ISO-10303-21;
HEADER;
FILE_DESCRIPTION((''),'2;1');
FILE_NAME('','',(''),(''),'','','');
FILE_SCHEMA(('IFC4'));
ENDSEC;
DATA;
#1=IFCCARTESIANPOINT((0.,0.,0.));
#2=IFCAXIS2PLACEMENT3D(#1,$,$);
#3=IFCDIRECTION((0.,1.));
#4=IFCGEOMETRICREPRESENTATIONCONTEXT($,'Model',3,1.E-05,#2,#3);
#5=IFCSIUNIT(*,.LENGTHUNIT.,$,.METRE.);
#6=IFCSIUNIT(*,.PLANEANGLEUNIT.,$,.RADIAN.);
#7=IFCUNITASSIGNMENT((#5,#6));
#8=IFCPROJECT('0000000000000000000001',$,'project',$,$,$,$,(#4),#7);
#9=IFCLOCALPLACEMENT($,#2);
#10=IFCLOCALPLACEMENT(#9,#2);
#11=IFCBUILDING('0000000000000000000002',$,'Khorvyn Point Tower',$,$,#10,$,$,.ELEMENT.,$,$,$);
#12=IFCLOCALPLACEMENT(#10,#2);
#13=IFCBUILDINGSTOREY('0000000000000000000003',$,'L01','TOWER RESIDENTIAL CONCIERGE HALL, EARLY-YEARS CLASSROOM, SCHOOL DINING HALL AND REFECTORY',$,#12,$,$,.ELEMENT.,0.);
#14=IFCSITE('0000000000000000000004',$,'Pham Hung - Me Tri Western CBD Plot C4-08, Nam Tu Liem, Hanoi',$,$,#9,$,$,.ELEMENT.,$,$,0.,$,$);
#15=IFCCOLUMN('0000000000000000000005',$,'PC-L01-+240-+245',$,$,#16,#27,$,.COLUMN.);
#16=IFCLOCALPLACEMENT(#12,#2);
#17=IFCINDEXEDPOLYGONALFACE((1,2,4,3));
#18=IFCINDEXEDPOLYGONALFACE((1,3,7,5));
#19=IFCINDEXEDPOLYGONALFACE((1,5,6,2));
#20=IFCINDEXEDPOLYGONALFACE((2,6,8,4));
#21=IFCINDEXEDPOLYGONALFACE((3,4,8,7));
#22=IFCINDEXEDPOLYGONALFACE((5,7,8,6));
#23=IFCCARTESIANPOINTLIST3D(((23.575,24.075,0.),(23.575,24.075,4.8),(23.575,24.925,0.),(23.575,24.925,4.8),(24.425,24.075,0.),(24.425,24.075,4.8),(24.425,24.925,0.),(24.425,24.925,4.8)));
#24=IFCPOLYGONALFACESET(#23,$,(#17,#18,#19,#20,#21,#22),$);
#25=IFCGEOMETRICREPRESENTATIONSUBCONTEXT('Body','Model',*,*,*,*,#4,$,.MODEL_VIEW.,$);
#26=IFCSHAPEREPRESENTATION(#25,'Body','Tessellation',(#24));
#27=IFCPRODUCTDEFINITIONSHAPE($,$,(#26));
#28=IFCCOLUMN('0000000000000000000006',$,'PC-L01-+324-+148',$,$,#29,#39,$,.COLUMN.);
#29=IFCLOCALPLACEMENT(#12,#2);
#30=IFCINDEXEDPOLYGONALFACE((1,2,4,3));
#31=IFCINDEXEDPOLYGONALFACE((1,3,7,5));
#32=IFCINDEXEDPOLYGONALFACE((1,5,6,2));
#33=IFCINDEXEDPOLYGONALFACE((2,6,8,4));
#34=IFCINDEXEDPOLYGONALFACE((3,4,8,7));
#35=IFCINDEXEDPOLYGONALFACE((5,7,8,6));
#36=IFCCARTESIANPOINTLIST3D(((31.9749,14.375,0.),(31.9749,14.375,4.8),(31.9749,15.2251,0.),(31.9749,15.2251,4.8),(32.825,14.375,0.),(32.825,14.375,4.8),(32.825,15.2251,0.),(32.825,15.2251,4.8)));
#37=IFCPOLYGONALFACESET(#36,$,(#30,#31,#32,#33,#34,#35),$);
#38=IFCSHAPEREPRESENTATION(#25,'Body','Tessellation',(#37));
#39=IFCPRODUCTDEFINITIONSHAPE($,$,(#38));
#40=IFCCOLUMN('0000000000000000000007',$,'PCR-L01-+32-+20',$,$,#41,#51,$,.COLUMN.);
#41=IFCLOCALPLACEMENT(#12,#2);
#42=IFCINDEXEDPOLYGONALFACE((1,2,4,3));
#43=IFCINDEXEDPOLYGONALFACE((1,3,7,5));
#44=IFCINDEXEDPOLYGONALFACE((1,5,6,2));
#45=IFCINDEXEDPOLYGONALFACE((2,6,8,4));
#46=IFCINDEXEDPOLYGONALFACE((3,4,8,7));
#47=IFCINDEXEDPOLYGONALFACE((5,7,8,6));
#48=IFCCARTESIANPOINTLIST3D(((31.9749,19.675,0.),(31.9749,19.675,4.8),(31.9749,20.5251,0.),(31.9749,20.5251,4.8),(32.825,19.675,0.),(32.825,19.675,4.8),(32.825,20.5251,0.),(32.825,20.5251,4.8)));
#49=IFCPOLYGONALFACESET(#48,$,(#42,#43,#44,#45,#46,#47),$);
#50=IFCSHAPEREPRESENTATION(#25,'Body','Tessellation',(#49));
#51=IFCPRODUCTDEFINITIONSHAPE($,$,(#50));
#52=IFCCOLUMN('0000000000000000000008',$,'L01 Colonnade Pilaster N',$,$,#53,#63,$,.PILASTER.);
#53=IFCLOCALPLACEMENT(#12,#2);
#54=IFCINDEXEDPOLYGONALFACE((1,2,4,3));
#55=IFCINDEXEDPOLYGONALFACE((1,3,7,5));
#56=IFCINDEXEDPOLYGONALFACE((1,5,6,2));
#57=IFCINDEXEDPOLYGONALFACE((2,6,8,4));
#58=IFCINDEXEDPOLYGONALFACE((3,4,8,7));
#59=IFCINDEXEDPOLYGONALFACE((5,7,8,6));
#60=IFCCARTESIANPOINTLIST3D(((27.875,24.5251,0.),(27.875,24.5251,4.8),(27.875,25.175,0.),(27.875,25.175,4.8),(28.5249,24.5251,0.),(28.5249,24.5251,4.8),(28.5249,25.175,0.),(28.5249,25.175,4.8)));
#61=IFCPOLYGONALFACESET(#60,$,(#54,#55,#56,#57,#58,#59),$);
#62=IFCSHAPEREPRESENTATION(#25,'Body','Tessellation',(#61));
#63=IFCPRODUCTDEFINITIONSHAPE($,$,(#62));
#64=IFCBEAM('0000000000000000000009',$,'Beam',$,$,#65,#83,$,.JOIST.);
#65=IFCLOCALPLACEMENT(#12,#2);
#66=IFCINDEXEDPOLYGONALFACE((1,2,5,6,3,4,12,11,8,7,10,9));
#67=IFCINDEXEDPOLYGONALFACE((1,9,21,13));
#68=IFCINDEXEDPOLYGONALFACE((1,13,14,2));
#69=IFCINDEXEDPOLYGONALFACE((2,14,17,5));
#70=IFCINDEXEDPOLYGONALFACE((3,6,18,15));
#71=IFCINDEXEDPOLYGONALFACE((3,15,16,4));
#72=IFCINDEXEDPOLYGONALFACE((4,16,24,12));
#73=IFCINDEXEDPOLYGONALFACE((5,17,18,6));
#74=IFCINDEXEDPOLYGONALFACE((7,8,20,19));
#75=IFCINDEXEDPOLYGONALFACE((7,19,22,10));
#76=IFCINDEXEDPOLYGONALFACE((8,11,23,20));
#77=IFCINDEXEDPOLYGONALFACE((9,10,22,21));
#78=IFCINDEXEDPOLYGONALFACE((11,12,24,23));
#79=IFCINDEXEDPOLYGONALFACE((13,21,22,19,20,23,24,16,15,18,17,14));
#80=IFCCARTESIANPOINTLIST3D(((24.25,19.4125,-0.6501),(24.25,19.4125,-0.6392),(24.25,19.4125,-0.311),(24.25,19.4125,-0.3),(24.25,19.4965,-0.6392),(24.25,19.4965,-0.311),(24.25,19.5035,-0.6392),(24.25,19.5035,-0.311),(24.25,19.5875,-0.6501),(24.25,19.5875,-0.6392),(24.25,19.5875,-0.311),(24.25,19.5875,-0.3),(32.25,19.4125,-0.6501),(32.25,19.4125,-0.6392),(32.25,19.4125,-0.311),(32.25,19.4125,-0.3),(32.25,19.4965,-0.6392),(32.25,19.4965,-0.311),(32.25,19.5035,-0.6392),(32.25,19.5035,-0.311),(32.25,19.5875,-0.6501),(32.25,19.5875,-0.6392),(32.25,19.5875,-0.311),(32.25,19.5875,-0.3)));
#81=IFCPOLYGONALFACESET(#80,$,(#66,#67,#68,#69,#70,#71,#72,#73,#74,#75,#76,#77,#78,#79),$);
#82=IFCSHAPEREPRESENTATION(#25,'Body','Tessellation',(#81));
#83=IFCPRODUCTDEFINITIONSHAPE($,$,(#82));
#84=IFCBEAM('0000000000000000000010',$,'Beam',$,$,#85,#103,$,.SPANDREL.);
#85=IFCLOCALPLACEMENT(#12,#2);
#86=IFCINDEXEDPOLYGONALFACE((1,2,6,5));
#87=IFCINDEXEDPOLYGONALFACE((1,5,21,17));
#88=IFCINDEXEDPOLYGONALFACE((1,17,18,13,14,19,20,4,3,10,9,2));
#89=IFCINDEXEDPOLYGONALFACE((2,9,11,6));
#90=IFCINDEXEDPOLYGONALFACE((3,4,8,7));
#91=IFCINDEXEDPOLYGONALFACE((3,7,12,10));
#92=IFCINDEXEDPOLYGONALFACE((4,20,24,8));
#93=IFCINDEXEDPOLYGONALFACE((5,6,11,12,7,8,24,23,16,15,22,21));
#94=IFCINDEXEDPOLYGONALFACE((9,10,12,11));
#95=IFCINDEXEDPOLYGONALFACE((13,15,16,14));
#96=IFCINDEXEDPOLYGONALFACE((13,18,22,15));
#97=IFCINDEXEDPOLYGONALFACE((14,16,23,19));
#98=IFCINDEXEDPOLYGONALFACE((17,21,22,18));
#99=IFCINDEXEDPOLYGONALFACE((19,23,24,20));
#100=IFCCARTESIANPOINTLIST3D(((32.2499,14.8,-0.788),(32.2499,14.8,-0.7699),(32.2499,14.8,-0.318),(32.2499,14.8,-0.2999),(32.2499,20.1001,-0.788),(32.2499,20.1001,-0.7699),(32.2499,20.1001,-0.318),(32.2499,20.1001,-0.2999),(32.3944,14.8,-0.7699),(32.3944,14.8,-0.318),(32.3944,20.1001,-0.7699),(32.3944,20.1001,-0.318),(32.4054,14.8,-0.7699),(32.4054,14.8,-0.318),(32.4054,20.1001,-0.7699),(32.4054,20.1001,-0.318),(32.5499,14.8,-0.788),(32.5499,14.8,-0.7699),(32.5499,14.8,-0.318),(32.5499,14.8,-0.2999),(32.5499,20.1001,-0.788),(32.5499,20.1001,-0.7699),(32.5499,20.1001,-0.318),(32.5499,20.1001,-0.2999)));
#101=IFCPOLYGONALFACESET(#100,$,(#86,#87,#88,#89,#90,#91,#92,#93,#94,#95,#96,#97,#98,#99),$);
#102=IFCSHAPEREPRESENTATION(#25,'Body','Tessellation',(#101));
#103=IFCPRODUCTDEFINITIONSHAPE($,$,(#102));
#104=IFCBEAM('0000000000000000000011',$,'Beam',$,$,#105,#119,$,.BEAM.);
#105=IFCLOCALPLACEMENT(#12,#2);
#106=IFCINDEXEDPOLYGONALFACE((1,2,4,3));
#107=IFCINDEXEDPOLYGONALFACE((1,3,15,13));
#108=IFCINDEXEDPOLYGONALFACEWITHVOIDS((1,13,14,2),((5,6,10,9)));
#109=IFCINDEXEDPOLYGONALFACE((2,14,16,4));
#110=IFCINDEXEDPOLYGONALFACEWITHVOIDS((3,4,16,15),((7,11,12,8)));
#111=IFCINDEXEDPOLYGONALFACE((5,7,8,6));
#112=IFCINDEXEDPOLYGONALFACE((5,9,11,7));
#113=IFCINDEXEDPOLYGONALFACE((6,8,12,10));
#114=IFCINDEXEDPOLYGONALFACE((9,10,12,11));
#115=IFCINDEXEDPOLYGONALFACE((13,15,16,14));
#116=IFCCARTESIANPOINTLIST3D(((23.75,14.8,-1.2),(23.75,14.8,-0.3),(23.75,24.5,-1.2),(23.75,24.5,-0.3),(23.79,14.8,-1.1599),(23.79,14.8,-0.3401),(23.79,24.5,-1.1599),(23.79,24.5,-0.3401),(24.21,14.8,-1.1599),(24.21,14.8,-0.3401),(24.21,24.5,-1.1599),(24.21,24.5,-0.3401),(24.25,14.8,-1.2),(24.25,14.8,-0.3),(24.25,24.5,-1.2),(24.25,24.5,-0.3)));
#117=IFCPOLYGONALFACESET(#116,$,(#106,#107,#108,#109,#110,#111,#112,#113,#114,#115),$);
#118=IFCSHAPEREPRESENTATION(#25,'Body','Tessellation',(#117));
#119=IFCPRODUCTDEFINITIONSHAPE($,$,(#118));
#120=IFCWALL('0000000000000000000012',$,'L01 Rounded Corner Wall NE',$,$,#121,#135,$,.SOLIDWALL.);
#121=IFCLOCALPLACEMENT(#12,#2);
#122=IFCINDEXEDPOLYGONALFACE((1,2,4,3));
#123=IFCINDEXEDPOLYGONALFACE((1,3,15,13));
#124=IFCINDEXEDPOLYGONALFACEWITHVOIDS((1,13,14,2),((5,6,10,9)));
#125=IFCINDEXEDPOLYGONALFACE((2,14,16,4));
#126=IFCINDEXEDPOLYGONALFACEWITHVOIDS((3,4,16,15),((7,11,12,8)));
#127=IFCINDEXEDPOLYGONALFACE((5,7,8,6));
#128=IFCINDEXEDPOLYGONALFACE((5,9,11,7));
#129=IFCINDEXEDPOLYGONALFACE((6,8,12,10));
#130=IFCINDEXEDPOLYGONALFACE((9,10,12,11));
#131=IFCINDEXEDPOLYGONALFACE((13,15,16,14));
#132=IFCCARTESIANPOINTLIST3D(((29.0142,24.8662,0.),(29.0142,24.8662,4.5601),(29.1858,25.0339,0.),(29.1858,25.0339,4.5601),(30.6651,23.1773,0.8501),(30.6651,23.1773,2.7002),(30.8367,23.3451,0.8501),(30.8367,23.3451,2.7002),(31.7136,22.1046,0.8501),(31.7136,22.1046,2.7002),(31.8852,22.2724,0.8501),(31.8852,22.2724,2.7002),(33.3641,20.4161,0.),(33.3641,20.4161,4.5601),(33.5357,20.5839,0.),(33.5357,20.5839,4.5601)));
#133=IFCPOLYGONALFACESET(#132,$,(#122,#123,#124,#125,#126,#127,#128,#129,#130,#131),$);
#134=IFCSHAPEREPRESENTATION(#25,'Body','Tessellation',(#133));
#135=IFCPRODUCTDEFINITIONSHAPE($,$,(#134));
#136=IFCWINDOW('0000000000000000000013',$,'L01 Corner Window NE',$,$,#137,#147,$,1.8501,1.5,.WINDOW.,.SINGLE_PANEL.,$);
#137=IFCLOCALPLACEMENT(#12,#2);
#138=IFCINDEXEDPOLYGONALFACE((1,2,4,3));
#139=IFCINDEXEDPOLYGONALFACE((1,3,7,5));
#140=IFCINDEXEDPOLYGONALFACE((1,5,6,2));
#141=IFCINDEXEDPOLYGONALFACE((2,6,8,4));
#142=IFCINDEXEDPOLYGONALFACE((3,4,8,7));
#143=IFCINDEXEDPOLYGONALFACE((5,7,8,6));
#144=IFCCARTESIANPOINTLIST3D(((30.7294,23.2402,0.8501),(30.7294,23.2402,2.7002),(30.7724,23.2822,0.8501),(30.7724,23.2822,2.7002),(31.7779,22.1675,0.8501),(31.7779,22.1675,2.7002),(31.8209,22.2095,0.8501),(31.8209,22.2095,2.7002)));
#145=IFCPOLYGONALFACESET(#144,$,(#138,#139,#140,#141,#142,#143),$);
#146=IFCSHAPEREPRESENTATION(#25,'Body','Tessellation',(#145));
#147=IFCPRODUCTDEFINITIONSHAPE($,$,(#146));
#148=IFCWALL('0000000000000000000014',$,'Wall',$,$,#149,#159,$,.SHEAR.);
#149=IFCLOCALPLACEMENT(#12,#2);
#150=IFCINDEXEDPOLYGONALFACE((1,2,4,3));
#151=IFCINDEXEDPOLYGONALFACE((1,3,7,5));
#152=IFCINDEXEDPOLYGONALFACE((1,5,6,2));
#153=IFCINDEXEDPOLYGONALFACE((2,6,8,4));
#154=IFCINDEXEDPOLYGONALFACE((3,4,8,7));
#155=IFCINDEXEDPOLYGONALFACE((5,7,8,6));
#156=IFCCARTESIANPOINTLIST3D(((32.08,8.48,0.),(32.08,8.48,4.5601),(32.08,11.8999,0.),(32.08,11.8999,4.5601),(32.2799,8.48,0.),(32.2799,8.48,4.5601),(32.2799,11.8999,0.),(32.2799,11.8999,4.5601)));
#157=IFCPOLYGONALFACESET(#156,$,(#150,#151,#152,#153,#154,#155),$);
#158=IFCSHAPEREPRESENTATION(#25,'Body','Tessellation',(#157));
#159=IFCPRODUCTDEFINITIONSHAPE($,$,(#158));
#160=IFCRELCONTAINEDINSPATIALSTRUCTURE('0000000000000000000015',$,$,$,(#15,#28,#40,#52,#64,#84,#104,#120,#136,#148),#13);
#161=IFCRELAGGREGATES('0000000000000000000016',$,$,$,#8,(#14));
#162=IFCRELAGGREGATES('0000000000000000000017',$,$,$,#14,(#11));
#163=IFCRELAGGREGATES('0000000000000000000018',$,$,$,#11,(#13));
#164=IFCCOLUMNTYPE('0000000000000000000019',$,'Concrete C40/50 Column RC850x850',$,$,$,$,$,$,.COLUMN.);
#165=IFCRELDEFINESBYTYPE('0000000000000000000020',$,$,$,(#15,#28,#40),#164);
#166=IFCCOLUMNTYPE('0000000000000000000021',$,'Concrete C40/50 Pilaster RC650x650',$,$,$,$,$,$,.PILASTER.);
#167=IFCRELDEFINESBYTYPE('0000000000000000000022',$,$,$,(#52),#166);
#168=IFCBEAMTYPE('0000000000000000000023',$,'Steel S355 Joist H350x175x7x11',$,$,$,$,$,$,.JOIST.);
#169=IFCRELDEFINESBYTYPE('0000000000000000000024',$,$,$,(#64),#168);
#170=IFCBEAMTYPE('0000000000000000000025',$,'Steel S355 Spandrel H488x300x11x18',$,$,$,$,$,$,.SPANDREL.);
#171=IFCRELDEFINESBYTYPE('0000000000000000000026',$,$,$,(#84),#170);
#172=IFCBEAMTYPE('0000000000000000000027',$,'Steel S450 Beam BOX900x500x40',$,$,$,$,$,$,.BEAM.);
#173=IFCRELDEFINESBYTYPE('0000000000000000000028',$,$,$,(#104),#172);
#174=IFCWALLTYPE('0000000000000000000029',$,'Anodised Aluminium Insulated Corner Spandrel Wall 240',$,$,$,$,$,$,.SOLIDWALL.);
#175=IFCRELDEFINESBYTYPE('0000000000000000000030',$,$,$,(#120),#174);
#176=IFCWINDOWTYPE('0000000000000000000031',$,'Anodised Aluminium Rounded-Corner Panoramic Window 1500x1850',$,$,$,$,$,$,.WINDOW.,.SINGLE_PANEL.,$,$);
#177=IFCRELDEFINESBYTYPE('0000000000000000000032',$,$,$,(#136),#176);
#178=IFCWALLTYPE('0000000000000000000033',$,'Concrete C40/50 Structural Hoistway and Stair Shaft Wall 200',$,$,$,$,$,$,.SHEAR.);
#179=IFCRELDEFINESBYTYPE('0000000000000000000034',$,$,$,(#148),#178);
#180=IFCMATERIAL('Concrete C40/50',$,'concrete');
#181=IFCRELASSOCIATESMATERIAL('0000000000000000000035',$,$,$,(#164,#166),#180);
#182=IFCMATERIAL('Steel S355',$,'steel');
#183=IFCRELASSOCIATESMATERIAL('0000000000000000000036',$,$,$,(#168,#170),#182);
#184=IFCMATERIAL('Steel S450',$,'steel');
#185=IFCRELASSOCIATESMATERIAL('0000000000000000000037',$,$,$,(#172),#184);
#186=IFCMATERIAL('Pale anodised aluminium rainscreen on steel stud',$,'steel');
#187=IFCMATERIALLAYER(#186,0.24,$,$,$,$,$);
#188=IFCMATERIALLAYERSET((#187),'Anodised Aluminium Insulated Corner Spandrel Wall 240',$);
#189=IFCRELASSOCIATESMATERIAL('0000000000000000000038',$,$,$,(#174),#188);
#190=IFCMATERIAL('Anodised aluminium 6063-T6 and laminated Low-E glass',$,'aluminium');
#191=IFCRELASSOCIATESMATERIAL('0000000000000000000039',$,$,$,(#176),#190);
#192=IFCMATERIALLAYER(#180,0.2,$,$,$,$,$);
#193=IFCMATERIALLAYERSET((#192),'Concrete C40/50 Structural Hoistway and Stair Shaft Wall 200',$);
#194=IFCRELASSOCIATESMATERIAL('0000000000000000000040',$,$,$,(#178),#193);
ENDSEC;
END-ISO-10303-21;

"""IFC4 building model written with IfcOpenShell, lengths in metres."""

from ifc_helpers import new_model, si_unit, direction, frame, frame_2d, origin, origin_2d, place, context, subcontext, project, spatial, rectangle, hollow_rectangle, i_section, extrude, material, layer, layer_set, material_profile, profile_set, type_object, element, fill, save


model = new_model("IFC4")

# Units and contexts
model_context = context("Model", 3, precision=1e-05, world=origin(), true_north=direction((0.0, 1.0)))
body_context = subcontext(model_context, "Body", "Model", "MODEL_VIEW")
ifc_project = project(units=[si_unit("LENGTHUNIT", "METRE"), si_unit("PLANEANGLEUNIT", "RADIAN")], contexts=[model_context])

# Site, building, storey
site_placement = place(None, origin())
site = spatial("IfcSite", under=ifc_project, at=site_placement, Name="Pham Hung - Me Tri Western CBD Plot C4-08, Nam Tu Liem, Hanoi", CompositionType="ELEMENT", RefElevation=0.0)
building_placement = place(site_placement, origin())
building = spatial("IfcBuilding", under=site, at=building_placement, Name="Khorvyn Point Tower", CompositionType="ELEMENT")
storey_placement = place(building_placement, origin())
storey = spatial("IfcBuildingStorey", under=building, at=storey_placement, Name="L01", Description="TOWER RESIDENTIAL CONCIERGE HALL, EARLY-YEARS CLASSROOM, SCHOOL DINING HALL AND REFECTORY", CompositionType="ELEMENT", Elevation=0.0)

# Columns
ifc_material_1 = material(Name="Concrete C40/50", Category="concrete")
ifc_material_profile_1 = material_profile(ifc_material_1, rectangle(XDim=0.8501, YDim=0.8501, at=origin_2d()))
ifc_profile_set_1 = profile_set([ifc_material_profile_1], Name="Concrete C40/50 RC850x850")
column_type_1 = type_object("IfcColumnType", Name="Concrete C40/50 Column RC850x850", PredefinedType="COLUMN", material=ifc_profile_set_1)
for number, where, z_axis, x_axis, name in (
    (1, (24.0, 24.5, 0.0), (0.0, 0.0, 1.0), (1.0, 0.0, 0.0), "PC-L01-+240-+245"),
    (2, (32.3999, 14.8, 0.0), (0.0, 0.0, 1.0), (1.0, 0.0, 0.0), "PC-L01-+324-+148"),
    (3, (32.3999, 20.1001, 0.0), (0.0, 0.0, 1.0), (1.0, 0.0, 0.0), "PCR-L01-+32-+20"),
):
    element("IfcColumn", number, at=place(storey_placement, frame(where, z_axis=z_axis, x_axis=x_axis)), inside=storey, type_object=column_type_1, Name=name, PredefinedType="COLUMN", context=body_context, shape_type="SweptSolid", body=[
        extrude(rectangle(XDim=0.8501, YDim=0.8501, at=origin_2d()), origin(), (0.0, 0.0, 1.0), 4.8),
    ])
ifc_material_profile_2 = material_profile(ifc_material_1, rectangle(XDim=0.6499, YDim=0.6499, at=origin_2d()))
ifc_profile_set_2 = profile_set([ifc_material_profile_2], Name="Concrete C40/50 RC650x650")
column_type_2 = type_object("IfcColumnType", Name="Concrete C40/50 Pilaster RC650x650", PredefinedType="PILASTER", material=ifc_profile_set_2)
column_placement = place(storey_placement, frame((28.2, 24.8501, 0.0), z_axis=(0.0, 0.0, 1.0), x_axis=(1.0, 0.0, 0.0)))
element("IfcColumn", 4, at=column_placement, inside=storey, type_object=column_type_2, Name="L01 Colonnade Pilaster N", PredefinedType="PILASTER", context=body_context, shape_type="SweptSolid", body=[
    extrude(rectangle(XDim=0.6499, YDim=0.6499, at=origin_2d()), origin(), (0.0, 0.0, 1.0), 4.8),
])

# Beams
ifc_material_2 = material(Name="Steel S355", Category="steel")
ifc_material_profile_3 = material_profile(ifc_material_2, i_section(OverallWidth=0.175, OverallDepth=0.3501, WebThickness=0.0071, FlangeThickness=0.011, at=origin_2d()))
ifc_profile_set_3 = profile_set([ifc_material_profile_3], Name="Steel S355 H350x175x7x11")
beam_type_1 = type_object("IfcBeamType", Name="Steel S355 Joist H350x175x7x11", PredefinedType="JOIST", material=ifc_profile_set_3)
beam_1_placement = place(storey_placement, frame((24.25, 19.5, -0.4751), z_axis=(1.0, 0.0, 0.0), x_axis=(0.0, 1.0, 0.0)))
element("IfcBeam", 5, at=beam_1_placement, inside=storey, type_object=beam_type_1, Name="Beam", PredefinedType="JOIST", context=body_context, shape_type="SweptSolid", body=[
    extrude(i_section(OverallWidth=0.175, OverallDepth=0.3501, WebThickness=0.0071, FlangeThickness=0.011, at=origin_2d()), origin(), (0.0, 0.0, 1.0), 8.0),
])
ifc_material_profile_4 = material_profile(ifc_material_2, i_section(OverallWidth=0.3, OverallDepth=0.488, WebThickness=0.011, FlangeThickness=0.0181, at=origin_2d()))
ifc_profile_set_4 = profile_set([ifc_material_profile_4], Name="Steel S355 H488x300x11x18")
beam_type_2 = type_object("IfcBeamType", Name="Steel S355 Spandrel H488x300x11x18", PredefinedType="SPANDREL", material=ifc_profile_set_4)
beam_2_placement = place(storey_placement, frame((32.3999, 14.8, -0.5439), z_axis=(0.0, 1.0, 0.0), x_axis=(-1.0, 0.0, 0.0)))
element("IfcBeam", 6, at=beam_2_placement, inside=storey, type_object=beam_type_2, Name="Beam", PredefinedType="SPANDREL", context=body_context, shape_type="SweptSolid", body=[
    extrude(i_section(OverallWidth=0.3, OverallDepth=0.488, WebThickness=0.011, FlangeThickness=0.0181, at=origin_2d()), origin(), (0.0, 0.0, 1.0), 5.3),
])
ifc_material_3 = material(Name="Steel S450", Category="steel")
ifc_material_profile_5 = material_profile(ifc_material_3, hollow_rectangle(XDim=0.5, YDim=0.8999, WallThickness=0.04, at=origin_2d()))
ifc_profile_set_5 = profile_set([ifc_material_profile_5], Name="Steel S450 BOX900x500x40")
beam_type_3 = type_object("IfcBeamType", Name="Steel S450 Beam BOX900x500x40", PredefinedType="BEAM", material=ifc_profile_set_5)
beam_3_placement = place(storey_placement, frame((24.0, 14.8, -0.75), z_axis=(0.0, 1.0, 0.0), x_axis=(-1.0, 0.0, 0.0)))
element("IfcBeam", 7, at=beam_3_placement, inside=storey, type_object=beam_type_3, Name="Beam", PredefinedType="BEAM", context=body_context, shape_type="SweptSolid", body=[
    extrude(hollow_rectangle(XDim=0.5, YDim=0.8999, WallThickness=0.04, at=origin_2d()), origin(), (0.0, 0.0, 1.0), 9.7),
])

# Wall, opening, window
ifc_material_4 = material(Name="Pale anodised aluminium rainscreen on steel stud", Category="steel")
ifc_layer_1 = layer(ifc_material_4, 0.24)
ifc_layer_set_1 = layer_set([ifc_layer_1], Name="Anodised Aluminium Insulated Corner Spandrel Wall 240")
wall_type_1 = type_object("IfcWallType", Name="Anodised Aluminium Insulated Corner Spandrel Wall 240", PredefinedType="SOLIDWALL", material=ifc_layer_set_1)
wall_1_placement = place(storey_placement, frame((29.1001, 24.95, 0.0), z_axis=(0.0, 0.0, 1.0), x_axis=(0.699018, -0.715104, 0.0)))
wall_1 = element("IfcWall", 8, at=wall_1_placement, inside=storey, type_object=wall_type_1, Name="L01 Rounded Corner Wall NE", PredefinedType="SOLIDWALL", context=body_context, shape_type="SweptSolid", body=[
    extrude(rectangle(XDim=6.2229, YDim=0.24, at=frame_2d((3.1113, 0.0))), origin(), (0.0, 0.0, 1.0), 4.5601),
])
opening_1_placement = place(wall_1_placement, frame((2.3616, 0.0, 0.8501)))
opening_1 = element("IfcOpeningElement", 9, at=opening_1_placement, cuts=wall_1, PredefinedType="OPENING", context=body_context, shape_type="SweptSolid", body=[
    extrude(rectangle(XDim=1.5, YDim=1.8501, at=frame_2d((0.75, 0.925))), frame((0.0, 0.1299, 0.0), z_axis=(0.0, -1.0, 0.0), x_axis=(1.0, 0.0, 0.0)), (0.0, 0.0, 1.0), 0.26),
])
ifc_material_5 = material(Name="Anodised aluminium 6063-T6 and laminated Low-E glass", Category="aluminium")
window_type = type_object("IfcWindowType", Name="Anodised Aluminium Rounded-Corner Panoramic Window 1500x1850", PartitioningType="SINGLE_PANEL", PredefinedType="WINDOW", material=ifc_material_5)
window_placement = place(opening_1_placement, origin())
window = element("IfcWindow", 10, at=window_placement, inside=storey, type_object=window_type, Name="L01 Corner Window NE", OverallHeight=1.8501, OverallWidth=1.5, PartitioningType="SINGLE_PANEL", PredefinedType="WINDOW", context=body_context, shape_type="SweptSolid", body=[
    extrude(rectangle(XDim=1.5, YDim=1.8501, at=frame_2d((0.75, 0.925))), frame((0.0, 0.03, 0.0), z_axis=(0.0, -1.0, 0.0), x_axis=(1.0, 0.0, 0.0)), (0.0, 0.0, 1.0), 0.0601),
])
fill(opening_1, window)

# Wall
ifc_layer_2 = layer(ifc_material_1, 0.2)
ifc_layer_set_2 = layer_set([ifc_layer_2], Name="Concrete C40/50 Structural Hoistway and Stair Shaft Wall 200")
wall_type_2 = type_object("IfcWallType", Name="Concrete C40/50 Structural Hoistway and Stair Shaft Wall 200", PredefinedType="SHEAR", material=ifc_layer_set_2)
wall_2_placement = place(storey_placement, frame((32.1799, 11.8999, 0.0), z_axis=(0.0, 0.0, 1.0), x_axis=(0.0, -1.0, 0.0)))
element("IfcWall", 11, at=wall_2_placement, inside=storey, type_object=wall_type_2, Name="Wall", PredefinedType="SHEAR", context=body_context, shape_type="SweptSolid", body=[
    extrude(rectangle(XDim=3.4199, YDim=0.2, at=frame_2d((1.71, 0.0))), origin(), (0.0, 0.0, 1.0), 4.5601),
])

save(model, "model.ifc")
